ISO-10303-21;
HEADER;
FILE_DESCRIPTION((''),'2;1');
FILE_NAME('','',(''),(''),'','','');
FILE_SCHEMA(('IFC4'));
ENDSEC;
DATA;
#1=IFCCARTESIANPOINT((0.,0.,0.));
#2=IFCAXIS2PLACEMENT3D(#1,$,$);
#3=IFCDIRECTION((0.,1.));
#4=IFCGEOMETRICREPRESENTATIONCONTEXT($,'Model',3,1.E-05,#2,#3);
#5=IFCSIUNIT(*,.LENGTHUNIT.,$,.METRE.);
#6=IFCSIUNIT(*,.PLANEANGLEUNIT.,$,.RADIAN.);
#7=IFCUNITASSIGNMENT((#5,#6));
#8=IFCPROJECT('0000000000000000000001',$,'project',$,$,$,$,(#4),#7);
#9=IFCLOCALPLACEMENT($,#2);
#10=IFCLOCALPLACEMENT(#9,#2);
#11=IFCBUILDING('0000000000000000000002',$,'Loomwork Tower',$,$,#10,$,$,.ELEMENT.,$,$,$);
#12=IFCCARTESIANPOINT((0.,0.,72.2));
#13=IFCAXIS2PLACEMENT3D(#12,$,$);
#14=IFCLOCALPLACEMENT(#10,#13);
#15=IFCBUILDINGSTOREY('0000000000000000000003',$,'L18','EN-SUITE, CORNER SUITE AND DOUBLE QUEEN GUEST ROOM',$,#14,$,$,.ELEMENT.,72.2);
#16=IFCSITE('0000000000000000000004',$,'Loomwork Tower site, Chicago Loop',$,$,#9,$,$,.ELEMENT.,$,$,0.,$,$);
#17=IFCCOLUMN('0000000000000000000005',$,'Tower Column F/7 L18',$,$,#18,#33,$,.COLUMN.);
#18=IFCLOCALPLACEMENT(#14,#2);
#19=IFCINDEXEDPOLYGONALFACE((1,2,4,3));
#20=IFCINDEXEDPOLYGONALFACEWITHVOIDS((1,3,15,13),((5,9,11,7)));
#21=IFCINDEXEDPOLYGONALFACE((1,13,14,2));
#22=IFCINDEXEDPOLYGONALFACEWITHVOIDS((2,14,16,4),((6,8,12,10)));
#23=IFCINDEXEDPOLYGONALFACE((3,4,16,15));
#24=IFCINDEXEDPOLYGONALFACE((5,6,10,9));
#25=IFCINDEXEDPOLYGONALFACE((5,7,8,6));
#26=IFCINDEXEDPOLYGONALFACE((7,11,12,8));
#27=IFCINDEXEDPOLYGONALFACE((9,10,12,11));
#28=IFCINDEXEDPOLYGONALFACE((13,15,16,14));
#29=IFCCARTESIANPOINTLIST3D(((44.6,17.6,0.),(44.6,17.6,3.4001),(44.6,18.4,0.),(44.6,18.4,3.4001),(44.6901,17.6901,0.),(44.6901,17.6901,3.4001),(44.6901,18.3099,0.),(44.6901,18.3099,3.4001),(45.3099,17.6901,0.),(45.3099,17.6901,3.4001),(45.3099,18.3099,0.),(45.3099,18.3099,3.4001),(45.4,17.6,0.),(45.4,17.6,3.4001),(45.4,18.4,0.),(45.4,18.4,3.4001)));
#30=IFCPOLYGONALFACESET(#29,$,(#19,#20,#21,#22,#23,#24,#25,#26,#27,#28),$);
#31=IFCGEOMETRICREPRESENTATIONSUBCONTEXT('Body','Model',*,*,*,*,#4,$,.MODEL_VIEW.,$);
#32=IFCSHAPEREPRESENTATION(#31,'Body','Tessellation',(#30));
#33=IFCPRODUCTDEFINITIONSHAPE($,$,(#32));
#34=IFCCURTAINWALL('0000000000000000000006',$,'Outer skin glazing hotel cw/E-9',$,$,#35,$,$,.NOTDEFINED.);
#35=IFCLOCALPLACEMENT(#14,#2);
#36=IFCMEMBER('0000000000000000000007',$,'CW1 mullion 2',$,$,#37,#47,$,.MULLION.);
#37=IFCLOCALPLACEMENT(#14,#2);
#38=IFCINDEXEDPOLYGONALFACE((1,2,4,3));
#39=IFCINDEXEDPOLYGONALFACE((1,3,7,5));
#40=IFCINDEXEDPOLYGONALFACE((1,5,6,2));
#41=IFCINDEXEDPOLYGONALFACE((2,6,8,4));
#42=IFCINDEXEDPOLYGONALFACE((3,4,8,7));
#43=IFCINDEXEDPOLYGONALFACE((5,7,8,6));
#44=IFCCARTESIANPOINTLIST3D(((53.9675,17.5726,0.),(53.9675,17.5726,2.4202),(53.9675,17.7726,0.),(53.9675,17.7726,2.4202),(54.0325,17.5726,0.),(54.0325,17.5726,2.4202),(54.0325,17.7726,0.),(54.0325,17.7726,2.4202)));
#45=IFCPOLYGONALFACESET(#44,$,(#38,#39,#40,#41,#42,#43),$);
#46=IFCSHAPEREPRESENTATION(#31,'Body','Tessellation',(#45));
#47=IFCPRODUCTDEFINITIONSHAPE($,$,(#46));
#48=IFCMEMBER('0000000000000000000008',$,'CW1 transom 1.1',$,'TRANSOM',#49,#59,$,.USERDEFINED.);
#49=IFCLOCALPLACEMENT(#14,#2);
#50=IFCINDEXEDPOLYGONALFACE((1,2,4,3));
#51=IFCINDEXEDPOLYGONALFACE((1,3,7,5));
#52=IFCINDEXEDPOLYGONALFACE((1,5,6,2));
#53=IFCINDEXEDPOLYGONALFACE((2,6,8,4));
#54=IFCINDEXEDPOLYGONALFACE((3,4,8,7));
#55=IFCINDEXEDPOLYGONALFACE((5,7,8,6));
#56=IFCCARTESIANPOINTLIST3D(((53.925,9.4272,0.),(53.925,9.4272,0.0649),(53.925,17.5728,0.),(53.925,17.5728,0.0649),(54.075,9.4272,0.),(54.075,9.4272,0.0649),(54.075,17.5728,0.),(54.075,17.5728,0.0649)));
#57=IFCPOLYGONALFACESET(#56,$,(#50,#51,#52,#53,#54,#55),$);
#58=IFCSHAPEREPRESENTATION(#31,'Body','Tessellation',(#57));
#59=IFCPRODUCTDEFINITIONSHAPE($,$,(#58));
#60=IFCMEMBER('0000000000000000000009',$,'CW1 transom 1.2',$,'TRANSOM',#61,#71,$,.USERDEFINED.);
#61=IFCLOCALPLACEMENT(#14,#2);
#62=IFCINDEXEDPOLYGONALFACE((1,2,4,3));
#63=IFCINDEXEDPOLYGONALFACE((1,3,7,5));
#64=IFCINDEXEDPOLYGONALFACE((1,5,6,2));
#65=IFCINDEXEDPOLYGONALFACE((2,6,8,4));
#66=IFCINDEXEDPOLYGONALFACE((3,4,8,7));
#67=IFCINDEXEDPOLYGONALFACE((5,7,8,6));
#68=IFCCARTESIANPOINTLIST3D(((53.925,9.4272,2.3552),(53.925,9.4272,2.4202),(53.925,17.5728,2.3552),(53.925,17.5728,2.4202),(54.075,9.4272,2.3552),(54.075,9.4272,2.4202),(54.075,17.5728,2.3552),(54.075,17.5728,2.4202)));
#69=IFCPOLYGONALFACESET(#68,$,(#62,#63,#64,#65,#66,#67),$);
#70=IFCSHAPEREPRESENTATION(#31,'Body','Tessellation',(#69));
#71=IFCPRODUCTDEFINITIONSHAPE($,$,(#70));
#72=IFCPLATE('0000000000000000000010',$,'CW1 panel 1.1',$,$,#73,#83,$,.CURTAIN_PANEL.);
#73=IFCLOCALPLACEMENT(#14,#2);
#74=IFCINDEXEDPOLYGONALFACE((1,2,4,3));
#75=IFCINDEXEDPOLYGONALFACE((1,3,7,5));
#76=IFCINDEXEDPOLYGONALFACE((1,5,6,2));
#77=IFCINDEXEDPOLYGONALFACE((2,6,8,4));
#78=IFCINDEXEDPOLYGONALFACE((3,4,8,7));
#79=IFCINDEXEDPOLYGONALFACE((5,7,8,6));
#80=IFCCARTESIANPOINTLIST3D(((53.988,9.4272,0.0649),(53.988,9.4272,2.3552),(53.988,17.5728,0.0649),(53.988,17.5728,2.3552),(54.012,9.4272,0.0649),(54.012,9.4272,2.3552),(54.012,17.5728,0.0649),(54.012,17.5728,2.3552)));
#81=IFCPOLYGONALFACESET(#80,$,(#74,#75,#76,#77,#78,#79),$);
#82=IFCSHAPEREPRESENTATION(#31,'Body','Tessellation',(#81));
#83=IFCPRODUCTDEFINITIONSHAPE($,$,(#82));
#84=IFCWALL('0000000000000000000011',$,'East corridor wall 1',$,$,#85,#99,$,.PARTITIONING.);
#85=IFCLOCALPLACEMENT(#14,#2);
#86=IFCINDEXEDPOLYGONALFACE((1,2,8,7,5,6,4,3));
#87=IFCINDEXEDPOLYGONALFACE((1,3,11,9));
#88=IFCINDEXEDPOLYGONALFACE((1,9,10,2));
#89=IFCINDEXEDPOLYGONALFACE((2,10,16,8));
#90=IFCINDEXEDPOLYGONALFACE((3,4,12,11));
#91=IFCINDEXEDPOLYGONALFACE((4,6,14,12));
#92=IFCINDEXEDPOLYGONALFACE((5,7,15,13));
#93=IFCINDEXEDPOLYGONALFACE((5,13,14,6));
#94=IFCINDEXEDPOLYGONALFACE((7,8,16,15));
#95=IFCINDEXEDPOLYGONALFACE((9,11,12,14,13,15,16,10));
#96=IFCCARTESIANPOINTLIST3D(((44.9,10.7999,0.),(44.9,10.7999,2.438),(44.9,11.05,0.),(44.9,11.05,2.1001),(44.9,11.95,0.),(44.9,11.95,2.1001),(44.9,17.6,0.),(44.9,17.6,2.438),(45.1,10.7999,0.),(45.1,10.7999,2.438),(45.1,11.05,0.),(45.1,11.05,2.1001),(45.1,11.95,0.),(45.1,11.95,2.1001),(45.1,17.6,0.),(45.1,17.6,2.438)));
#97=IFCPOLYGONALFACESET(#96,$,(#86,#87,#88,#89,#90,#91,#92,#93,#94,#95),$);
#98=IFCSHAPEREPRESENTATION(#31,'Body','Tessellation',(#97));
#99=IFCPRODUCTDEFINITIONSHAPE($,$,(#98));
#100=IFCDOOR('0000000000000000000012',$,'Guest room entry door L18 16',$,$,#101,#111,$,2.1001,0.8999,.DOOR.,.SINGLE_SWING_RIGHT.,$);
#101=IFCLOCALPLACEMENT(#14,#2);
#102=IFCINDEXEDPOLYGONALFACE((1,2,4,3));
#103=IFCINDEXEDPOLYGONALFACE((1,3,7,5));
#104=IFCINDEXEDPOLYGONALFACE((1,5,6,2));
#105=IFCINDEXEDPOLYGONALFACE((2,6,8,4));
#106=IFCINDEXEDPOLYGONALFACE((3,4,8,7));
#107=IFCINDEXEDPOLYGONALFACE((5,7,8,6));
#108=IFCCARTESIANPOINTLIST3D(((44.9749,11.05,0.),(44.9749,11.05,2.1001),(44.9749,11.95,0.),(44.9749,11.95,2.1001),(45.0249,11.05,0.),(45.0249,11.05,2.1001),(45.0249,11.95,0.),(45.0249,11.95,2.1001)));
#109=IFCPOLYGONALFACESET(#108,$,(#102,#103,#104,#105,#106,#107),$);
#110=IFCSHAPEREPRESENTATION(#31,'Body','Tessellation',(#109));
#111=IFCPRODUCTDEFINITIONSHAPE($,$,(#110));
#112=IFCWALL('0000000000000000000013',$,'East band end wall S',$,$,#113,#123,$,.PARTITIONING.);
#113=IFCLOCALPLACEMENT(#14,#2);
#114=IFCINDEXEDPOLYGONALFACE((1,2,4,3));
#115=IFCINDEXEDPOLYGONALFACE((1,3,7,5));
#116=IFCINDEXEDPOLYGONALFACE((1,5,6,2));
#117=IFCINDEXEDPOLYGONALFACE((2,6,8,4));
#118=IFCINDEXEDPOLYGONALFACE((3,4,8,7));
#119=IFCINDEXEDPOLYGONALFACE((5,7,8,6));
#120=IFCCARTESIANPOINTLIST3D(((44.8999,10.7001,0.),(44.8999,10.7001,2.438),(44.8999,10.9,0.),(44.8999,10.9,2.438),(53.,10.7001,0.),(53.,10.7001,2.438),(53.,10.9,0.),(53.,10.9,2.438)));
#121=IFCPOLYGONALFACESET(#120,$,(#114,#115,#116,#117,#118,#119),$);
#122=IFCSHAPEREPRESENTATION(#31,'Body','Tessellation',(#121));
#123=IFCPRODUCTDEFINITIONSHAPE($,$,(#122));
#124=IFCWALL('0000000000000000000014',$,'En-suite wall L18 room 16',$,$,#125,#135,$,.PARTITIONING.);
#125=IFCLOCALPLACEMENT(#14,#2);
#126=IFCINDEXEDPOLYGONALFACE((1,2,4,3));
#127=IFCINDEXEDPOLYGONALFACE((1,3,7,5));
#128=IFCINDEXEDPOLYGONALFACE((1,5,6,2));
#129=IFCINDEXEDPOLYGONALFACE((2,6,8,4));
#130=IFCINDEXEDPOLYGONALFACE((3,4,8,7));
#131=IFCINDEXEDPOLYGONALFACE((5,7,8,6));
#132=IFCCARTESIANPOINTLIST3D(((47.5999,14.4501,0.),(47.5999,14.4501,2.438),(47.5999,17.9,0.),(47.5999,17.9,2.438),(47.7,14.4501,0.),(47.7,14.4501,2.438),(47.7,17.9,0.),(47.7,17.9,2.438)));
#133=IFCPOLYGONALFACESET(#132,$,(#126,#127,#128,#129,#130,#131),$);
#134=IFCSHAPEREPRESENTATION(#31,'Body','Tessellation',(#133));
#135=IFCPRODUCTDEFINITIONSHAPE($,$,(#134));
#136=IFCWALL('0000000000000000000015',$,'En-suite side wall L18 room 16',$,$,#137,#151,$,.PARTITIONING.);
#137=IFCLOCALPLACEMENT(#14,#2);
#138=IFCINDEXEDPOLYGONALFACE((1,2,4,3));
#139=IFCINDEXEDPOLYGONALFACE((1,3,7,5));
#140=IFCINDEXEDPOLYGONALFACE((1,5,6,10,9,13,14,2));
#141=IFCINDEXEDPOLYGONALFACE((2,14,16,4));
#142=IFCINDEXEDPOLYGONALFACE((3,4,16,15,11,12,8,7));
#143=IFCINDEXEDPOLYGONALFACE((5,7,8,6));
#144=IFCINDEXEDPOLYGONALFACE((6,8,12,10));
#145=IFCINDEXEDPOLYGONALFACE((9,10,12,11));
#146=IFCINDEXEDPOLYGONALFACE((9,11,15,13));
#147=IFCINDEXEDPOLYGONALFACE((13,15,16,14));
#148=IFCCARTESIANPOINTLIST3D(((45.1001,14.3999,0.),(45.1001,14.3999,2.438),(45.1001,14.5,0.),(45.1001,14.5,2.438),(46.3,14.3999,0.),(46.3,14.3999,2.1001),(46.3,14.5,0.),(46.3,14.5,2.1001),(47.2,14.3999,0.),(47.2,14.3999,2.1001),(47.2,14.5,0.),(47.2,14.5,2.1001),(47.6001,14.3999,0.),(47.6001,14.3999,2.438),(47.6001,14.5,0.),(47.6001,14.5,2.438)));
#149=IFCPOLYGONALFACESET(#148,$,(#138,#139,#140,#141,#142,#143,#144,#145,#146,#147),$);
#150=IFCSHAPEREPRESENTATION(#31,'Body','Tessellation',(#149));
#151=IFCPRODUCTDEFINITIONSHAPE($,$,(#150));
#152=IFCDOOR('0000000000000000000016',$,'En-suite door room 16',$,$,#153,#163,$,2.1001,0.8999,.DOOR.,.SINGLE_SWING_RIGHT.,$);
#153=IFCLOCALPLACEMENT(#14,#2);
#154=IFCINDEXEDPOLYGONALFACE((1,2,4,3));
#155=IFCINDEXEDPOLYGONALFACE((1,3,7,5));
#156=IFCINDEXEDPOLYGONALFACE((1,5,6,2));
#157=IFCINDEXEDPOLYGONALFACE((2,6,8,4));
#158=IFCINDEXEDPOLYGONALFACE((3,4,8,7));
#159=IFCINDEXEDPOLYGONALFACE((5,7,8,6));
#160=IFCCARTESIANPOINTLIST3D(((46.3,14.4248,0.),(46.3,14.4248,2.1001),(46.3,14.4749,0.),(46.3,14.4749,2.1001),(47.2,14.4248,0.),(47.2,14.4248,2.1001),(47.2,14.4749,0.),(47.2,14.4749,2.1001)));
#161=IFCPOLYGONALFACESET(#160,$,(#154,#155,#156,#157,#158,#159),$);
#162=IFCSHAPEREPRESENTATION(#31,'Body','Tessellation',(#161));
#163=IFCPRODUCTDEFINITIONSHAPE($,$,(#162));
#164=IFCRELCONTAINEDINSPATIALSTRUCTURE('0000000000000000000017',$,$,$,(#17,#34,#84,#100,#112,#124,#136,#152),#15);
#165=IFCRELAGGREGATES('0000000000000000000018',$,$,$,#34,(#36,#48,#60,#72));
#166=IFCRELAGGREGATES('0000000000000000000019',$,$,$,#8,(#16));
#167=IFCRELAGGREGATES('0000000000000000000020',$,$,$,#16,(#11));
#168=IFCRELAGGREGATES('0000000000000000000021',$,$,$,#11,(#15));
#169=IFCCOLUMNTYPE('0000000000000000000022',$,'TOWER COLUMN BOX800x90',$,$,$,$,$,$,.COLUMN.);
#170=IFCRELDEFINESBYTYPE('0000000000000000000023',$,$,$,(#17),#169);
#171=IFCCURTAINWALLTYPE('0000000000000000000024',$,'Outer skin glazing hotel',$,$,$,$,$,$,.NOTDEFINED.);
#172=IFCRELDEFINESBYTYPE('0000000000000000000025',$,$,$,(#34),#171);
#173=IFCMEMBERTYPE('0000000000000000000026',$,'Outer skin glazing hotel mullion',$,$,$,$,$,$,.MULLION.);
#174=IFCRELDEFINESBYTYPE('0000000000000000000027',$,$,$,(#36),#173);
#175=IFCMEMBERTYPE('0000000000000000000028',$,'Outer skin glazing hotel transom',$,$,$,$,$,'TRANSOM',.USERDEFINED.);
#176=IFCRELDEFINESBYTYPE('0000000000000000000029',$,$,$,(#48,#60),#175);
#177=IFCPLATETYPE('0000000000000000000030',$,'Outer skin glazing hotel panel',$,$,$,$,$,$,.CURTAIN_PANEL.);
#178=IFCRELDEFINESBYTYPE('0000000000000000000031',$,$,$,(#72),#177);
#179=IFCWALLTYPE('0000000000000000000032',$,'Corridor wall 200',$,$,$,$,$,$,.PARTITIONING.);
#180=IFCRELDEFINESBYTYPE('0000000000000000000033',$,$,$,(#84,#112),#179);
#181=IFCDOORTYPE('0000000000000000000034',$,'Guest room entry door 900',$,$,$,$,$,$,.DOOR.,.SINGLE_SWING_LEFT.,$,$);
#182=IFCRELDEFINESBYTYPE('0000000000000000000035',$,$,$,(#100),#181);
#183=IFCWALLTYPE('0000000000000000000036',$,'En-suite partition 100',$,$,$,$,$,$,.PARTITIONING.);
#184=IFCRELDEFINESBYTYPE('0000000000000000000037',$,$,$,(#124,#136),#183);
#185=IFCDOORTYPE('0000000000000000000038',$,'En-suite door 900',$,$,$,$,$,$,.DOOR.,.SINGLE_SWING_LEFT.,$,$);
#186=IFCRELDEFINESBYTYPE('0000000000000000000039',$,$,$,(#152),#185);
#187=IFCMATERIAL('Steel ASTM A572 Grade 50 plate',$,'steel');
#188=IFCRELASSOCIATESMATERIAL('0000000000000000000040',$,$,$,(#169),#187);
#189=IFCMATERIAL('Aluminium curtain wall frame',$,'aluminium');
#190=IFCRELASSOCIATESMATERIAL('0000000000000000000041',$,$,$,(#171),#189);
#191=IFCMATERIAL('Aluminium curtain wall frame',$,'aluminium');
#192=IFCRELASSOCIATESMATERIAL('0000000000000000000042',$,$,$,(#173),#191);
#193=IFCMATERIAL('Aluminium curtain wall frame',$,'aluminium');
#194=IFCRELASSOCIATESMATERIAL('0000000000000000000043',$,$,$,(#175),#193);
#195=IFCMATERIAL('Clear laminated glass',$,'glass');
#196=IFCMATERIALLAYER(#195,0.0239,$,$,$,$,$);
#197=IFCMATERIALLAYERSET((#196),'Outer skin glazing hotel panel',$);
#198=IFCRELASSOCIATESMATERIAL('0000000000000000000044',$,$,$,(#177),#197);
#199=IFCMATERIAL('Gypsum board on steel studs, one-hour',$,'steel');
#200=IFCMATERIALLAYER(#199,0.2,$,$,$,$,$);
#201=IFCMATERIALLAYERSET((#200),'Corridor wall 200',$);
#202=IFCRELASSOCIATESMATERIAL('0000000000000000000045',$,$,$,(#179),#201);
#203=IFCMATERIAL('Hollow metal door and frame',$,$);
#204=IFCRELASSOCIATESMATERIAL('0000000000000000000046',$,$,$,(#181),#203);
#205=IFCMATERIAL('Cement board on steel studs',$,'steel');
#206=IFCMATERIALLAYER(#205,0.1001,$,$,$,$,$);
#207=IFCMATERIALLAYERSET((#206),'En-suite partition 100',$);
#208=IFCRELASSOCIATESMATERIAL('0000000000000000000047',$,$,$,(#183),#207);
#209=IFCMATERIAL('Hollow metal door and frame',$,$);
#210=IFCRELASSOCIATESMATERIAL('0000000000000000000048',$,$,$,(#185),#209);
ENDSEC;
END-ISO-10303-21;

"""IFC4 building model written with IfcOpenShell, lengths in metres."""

from ifc_helpers import new_model, si_unit, direction, frame, frame_2d, origin, origin_2d, place, context, subcontext, project, spatial, rectangle, hollow_rectangle, extrude, material, layer, layer_set, material_profile, profile_set, type_object, element, fill, aggregate, save


model = new_model("IFC4")

# Units and contexts
model_context = context("Model", 3, precision=1e-05, world=origin(), true_north=direction((0.0, 1.0)))
body_context = subcontext(model_context, "Body", "Model", "MODEL_VIEW")
ifc_project = project(units=[si_unit("LENGTHUNIT", "METRE"), si_unit("PLANEANGLEUNIT", "RADIAN")], contexts=[model_context])

# Site, building, storey
site_placement = place(None, origin())
site = spatial("IfcSite", under=ifc_project, at=site_placement, Name="Loomwork Tower site, Chicago Loop", CompositionType="ELEMENT", RefElevation=0.0)
building_placement = place(site_placement, origin())
building = spatial("IfcBuilding", under=site, at=building_placement, Name="Loomwork Tower", CompositionType="ELEMENT")
storey_placement = place(building_placement, frame((0.0, 0.0, 72.2)))
storey = spatial("IfcBuildingStorey", under=building, at=storey_placement, Name="L18", Description="EN-SUITE, CORNER SUITE AND DOUBLE QUEEN GUEST ROOM", CompositionType="ELEMENT", Elevation=72.2)

# Column
ifc_material_1 = material(Name="Steel ASTM A572 Grade 50 plate", Category="steel")
ifc_material_profile_1 = material_profile(ifc_material_1, hollow_rectangle(XDim=0.8, YDim=0.8, WallThickness=0.0901, at=origin_2d()), Name="BOX800x90")
ifc_profile_set_1 = profile_set([ifc_material_profile_1], Name="Steel ASTM A572 Grade 50 plate")
column_type = type_object("IfcColumnType", Name="TOWER COLUMN BOX800x90", PredefinedType="COLUMN", material=ifc_profile_set_1)
column_placement = place(storey_placement, frame((45.0, 18.0, 0.0), z_axis=(0.0, 0.0, 1.0), x_axis=(0.0, 1.0, 0.0)))
element("IfcColumn", 1, at=column_placement, inside=storey, type_object=column_type, Name="Tower Column F/7 L18", PredefinedType="COLUMN", context=body_context, shape_type="SweptSolid", body=[
    extrude(hollow_rectangle(XDim=0.8, YDim=0.8, WallThickness=0.0901, at=origin_2d()), origin(), (0.0, 0.0, 1.0), 3.4001),
])

# Curtain wall, members, plate
ifc_material_2 = material(Name="Aluminium curtain wall frame", Category="aluminium")
curtain_wall_type = type_object("IfcCurtainWallType", Name="Outer skin glazing hotel", PredefinedType="NOTDEFINED", material=ifc_material_2)
curtain_wall_placement = place(storey_placement, origin())
curtain_wall = element("IfcCurtainWall", 2, at=curtain_wall_placement, inside=storey, type_object=curtain_wall_type, Name="Outer skin glazing hotel cw/E-9", PredefinedType="NOTDEFINED")
ifc_material_3 = material(Name="Aluminium curtain wall frame", Category="aluminium")
ifc_material_profile_2 = material_profile(ifc_material_3, rectangle(XDim=0.0649, YDim=0.2, at=origin_2d()), Name="AL 65x200")
ifc_profile_set_2 = profile_set([ifc_material_profile_2], Name="Aluminium curtain wall frame")
member_type_1 = type_object("IfcMemberType", Name="Outer skin glazing hotel mullion", PredefinedType="MULLION", material=ifc_profile_set_2)
member_1_placement = place(storey_placement, frame((54.0, 17.6726, 0.0), z_axis=(0.0, 0.0, 1.0), x_axis=(-1.0, 0.0, 0.0)))
member_1 = element("IfcMember", 3, at=member_1_placement, type_object=member_type_1, Name="CW1 mullion 2", PredefinedType="MULLION", context=body_context, shape_type="SweptSolid", body=[
    extrude(rectangle(XDim=0.0649, YDim=0.2, at=origin_2d()), origin(), (0.0, 0.0, 1.0), 2.4202),
])
ifc_material_4 = material(Name="Aluminium curtain wall frame", Category="aluminium")
ifc_material_profile_3 = material_profile(ifc_material_4, rectangle(XDim=0.1499, YDim=0.0649, at=origin_2d()), Name="AL 65x150")
ifc_profile_set_3 = profile_set([ifc_material_profile_3], Name="Aluminium curtain wall frame")
member_type_2 = type_object("IfcMemberType", Name="Outer skin glazing hotel transom", ElementType="TRANSOM", PredefinedType="USERDEFINED", material=ifc_profile_set_3)
member_2_placement = place(storey_placement, frame((54.0, 9.4272, 0.0325), z_axis=(0.0, 1.0, 0.0), x_axis=(-1.0, 0.0, 0.0)))
member_2 = element("IfcMember", 4, at=member_2_placement, type_object=member_type_2, Name="CW1 transom 1.1", ObjectType="TRANSOM", PredefinedType="USERDEFINED", context=body_context, shape_type="SweptSolid", body=[
    extrude(rectangle(XDim=0.1499, YDim=0.0649, at=origin_2d()), origin(), (0.0, 0.0, 1.0), 8.1455),
])
member_3_placement = place(storey_placement, frame((54.0, 9.4272, 2.3877), z_axis=(0.0, 1.0, 0.0), x_axis=(-1.0, 0.0, 0.0)))
member_3 = element("IfcMember", 5, at=member_3_placement, type_object=member_type_2, Name="CW1 transom 1.2", ObjectType="TRANSOM", PredefinedType="USERDEFINED", context=body_context, shape_type="SweptSolid", body=[
    extrude(rectangle(XDim=0.1499, YDim=0.0649, at=origin_2d()), origin(), (0.0, 0.0, 1.0), 8.1455),
])
ifc_material_5 = material(Name="Clear laminated glass", Category="glass")
ifc_layer_1 = layer(ifc_material_5, 0.0239)
ifc_layer_set_1 = layer_set([ifc_layer_1], Name="Outer skin glazing hotel panel")
plate_type = type_object("IfcPlateType", Name="Outer skin glazing hotel panel", PredefinedType="CURTAIN_PANEL", material=ifc_layer_set_1)
plate_placement = place(storey_placement, frame((54.0, 13.5, 0.0649), z_axis=(0.0, 0.0, 1.0), x_axis=(0.0, 1.0, 0.0)))
plate = element("IfcPlate", 6, at=plate_placement, type_object=plate_type, Name="CW1 panel 1.1", PredefinedType="CURTAIN_PANEL", context=body_context, shape_type="SweptSolid", body=[
    extrude(rectangle(XDim=8.1455, YDim=0.0239, at=origin_2d()), origin(), (0.0, 0.0, 1.0), 2.2903),
])
aggregate(curtain_wall, [member_1, member_2, member_3, plate])

# Wall, opening, door
ifc_material_6 = material(Name="Gypsum board on steel studs, one-hour", Category="steel")
ifc_layer_2 = layer(ifc_material_6, 0.2)
ifc_layer_set_2 = layer_set([ifc_layer_2], Name="Corridor wall 200")
wall_type_1 = type_object("IfcWallType", Name="Corridor wall 200", PredefinedType="PARTITIONING", material=ifc_layer_set_2)
wall_1_placement = place(storey_placement, frame((45.0, 10.8, 0.0), z_axis=(0.0, 0.0, 1.0), x_axis=(0.0, 1.0, 0.0)))
wall_1 = element("IfcWall", 7, at=wall_1_placement, inside=storey, type_object=wall_type_1, Name="East corridor wall 1", PredefinedType="PARTITIONING", context=body_context, shape_type="SweptSolid", body=[
    extrude(rectangle(XDim=6.8, YDim=0.2, at=frame_2d((3.3999, 0.0))), origin(), (0.0, 0.0, 1.0), 2.438),
])
opening_1_placement = place(wall_1_placement, frame((0.25, 0.0, 0.0)))
opening_1 = element("IfcOpeningElement", 8, at=opening_1_placement, cuts=wall_1, PredefinedType="OPENING", context=body_context, shape_type="SweptSolid", body=[
    extrude(rectangle(XDim=0.8999, YDim=2.1001, at=frame_2d((0.45, 1.05))), frame((0.0, 0.1099, 0.0), z_axis=(0.0, -1.0, 0.0), x_axis=(1.0, 0.0, 0.0)), (0.0, 0.0, 1.0), 0.22),
])
ifc_material_7 = material(Name="Hollow metal door and frame")
door_type_1 = type_object("IfcDoorType", Name="Guest room entry door 900", OperationType="SINGLE_SWING_LEFT", PredefinedType="DOOR", material=ifc_material_7)
door_1_placement = place(opening_1_placement, frame((0.8999, 0.0, 0.0), z_axis=(0.0, 0.0, 1.0), x_axis=(-1.0, 0.0, 0.0)))
door_1 = element("IfcDoor", 9, at=door_1_placement, inside=storey, type_object=door_type_1, Name="Guest room entry door L18 16", OperationType="SINGLE_SWING_RIGHT", OverallHeight=2.1001, OverallWidth=0.8999, PredefinedType="DOOR", context=body_context, shape_type="SweptSolid", body=[
    extrude(rectangle(XDim=0.8999, YDim=2.1001, at=frame_2d((0.45, 1.05))), frame((0.0, 0.0249, 0.0), z_axis=(0.0, -1.0, 0.0), x_axis=(1.0, 0.0, 0.0)), (0.0, 0.0, 1.0), 0.05),
])
fill(opening_1, door_1)

# Walls
wall_2_placement = place(storey_placement, frame((44.8999, 10.8, 0.0), z_axis=(0.0, 0.0, 1.0), x_axis=(1.0, 0.0, 0.0)))
element("IfcWall", 10, at=wall_2_placement, inside=storey, type_object=wall_type_1, Name="East band end wall S", PredefinedType="PARTITIONING", context=body_context, shape_type="SweptSolid", body=[
    extrude(rectangle(XDim=8.1001, YDim=0.2, at=frame_2d((4.05, 0.0))), origin(), (0.0, 0.0, 1.0), 2.438),
])
ifc_material_8 = material(Name="Cement board on steel studs", Category="steel")
ifc_layer_3 = layer(ifc_material_8, 0.1001)
ifc_layer_set_3 = layer_set([ifc_layer_3], Name="En-suite partition 100")
wall_type_2 = type_object("IfcWallType", Name="En-suite partition 100", PredefinedType="PARTITIONING", material=ifc_layer_set_3)
wall_3_placement = place(storey_placement, frame((47.6499, 14.45, 0.0), z_axis=(0.0, 0.0, 1.0), x_axis=(0.0, 1.0, 0.0)))
element("IfcWall", 11, at=wall_3_placement, inside=storey, type_object=wall_type_2, Name="En-suite wall L18 room 16", PredefinedType="PARTITIONING", context=body_context, shape_type="SweptSolid", body=[
    extrude(rectangle(XDim=3.45, YDim=0.1001, at=frame_2d((1.7251, 0.0))), origin(), (0.0, 0.0, 1.0), 2.438),
])

# Wall, opening, door
wall_4_placement = place(storey_placement, frame((45.1001, 14.45, 0.0), z_axis=(0.0, 0.0, 1.0), x_axis=(1.0, 0.0, 0.0)))
wall_4 = element("IfcWall", 12, at=wall_4_placement, inside=storey, type_object=wall_type_2, Name="En-suite side wall L18 room 16", PredefinedType="PARTITIONING", context=body_context, shape_type="SweptSolid", body=[
    extrude(rectangle(XDim=2.5, YDim=0.1001, at=frame_2d((1.25, 0.0))), origin(), (0.0, 0.0, 1.0), 2.438),
])
opening_2_placement = place(wall_4_placement, frame((1.2, 0.0, 0.0)))
opening_2 = element("IfcOpeningElement", 13, at=opening_2_placement, cuts=wall_4, PredefinedType="OPENING", context=body_context, shape_type="SweptSolid", body=[
    extrude(rectangle(XDim=0.8999, YDim=2.1001, at=frame_2d((0.45, 1.05))), frame((0.0, 0.0601, 0.0), z_axis=(0.0, -1.0, 0.0), x_axis=(1.0, 0.0, 0.0)), (0.0, 0.0, 1.0), 0.1201),
])
ifc_material_9 = material(Name="Hollow metal door and frame")
door_type_2 = type_object("IfcDoorType", Name="En-suite door 900", OperationType="SINGLE_SWING_LEFT", PredefinedType="DOOR", material=ifc_material_9)
door_2_placement = place(opening_2_placement, origin())
door_2 = element("IfcDoor", 14, at=door_2_placement, inside=storey, type_object=door_type_2, Name="En-suite door room 16", OperationType="SINGLE_SWING_RIGHT", OverallHeight=2.1001, OverallWidth=0.8999, PredefinedType="DOOR", context=body_context, shape_type="SweptSolid", body=[
    extrude(rectangle(XDim=0.8999, YDim=2.1001, at=frame_2d((0.45, 1.05))), frame((0.0, 0.0249, 0.0), z_axis=(0.0, -1.0, 0.0), x_axis=(1.0, 0.0, 0.0)), (0.0, 0.0, 1.0), 0.05),
])
fill(opening_2, door_2)

save(model, "model.ifc")
